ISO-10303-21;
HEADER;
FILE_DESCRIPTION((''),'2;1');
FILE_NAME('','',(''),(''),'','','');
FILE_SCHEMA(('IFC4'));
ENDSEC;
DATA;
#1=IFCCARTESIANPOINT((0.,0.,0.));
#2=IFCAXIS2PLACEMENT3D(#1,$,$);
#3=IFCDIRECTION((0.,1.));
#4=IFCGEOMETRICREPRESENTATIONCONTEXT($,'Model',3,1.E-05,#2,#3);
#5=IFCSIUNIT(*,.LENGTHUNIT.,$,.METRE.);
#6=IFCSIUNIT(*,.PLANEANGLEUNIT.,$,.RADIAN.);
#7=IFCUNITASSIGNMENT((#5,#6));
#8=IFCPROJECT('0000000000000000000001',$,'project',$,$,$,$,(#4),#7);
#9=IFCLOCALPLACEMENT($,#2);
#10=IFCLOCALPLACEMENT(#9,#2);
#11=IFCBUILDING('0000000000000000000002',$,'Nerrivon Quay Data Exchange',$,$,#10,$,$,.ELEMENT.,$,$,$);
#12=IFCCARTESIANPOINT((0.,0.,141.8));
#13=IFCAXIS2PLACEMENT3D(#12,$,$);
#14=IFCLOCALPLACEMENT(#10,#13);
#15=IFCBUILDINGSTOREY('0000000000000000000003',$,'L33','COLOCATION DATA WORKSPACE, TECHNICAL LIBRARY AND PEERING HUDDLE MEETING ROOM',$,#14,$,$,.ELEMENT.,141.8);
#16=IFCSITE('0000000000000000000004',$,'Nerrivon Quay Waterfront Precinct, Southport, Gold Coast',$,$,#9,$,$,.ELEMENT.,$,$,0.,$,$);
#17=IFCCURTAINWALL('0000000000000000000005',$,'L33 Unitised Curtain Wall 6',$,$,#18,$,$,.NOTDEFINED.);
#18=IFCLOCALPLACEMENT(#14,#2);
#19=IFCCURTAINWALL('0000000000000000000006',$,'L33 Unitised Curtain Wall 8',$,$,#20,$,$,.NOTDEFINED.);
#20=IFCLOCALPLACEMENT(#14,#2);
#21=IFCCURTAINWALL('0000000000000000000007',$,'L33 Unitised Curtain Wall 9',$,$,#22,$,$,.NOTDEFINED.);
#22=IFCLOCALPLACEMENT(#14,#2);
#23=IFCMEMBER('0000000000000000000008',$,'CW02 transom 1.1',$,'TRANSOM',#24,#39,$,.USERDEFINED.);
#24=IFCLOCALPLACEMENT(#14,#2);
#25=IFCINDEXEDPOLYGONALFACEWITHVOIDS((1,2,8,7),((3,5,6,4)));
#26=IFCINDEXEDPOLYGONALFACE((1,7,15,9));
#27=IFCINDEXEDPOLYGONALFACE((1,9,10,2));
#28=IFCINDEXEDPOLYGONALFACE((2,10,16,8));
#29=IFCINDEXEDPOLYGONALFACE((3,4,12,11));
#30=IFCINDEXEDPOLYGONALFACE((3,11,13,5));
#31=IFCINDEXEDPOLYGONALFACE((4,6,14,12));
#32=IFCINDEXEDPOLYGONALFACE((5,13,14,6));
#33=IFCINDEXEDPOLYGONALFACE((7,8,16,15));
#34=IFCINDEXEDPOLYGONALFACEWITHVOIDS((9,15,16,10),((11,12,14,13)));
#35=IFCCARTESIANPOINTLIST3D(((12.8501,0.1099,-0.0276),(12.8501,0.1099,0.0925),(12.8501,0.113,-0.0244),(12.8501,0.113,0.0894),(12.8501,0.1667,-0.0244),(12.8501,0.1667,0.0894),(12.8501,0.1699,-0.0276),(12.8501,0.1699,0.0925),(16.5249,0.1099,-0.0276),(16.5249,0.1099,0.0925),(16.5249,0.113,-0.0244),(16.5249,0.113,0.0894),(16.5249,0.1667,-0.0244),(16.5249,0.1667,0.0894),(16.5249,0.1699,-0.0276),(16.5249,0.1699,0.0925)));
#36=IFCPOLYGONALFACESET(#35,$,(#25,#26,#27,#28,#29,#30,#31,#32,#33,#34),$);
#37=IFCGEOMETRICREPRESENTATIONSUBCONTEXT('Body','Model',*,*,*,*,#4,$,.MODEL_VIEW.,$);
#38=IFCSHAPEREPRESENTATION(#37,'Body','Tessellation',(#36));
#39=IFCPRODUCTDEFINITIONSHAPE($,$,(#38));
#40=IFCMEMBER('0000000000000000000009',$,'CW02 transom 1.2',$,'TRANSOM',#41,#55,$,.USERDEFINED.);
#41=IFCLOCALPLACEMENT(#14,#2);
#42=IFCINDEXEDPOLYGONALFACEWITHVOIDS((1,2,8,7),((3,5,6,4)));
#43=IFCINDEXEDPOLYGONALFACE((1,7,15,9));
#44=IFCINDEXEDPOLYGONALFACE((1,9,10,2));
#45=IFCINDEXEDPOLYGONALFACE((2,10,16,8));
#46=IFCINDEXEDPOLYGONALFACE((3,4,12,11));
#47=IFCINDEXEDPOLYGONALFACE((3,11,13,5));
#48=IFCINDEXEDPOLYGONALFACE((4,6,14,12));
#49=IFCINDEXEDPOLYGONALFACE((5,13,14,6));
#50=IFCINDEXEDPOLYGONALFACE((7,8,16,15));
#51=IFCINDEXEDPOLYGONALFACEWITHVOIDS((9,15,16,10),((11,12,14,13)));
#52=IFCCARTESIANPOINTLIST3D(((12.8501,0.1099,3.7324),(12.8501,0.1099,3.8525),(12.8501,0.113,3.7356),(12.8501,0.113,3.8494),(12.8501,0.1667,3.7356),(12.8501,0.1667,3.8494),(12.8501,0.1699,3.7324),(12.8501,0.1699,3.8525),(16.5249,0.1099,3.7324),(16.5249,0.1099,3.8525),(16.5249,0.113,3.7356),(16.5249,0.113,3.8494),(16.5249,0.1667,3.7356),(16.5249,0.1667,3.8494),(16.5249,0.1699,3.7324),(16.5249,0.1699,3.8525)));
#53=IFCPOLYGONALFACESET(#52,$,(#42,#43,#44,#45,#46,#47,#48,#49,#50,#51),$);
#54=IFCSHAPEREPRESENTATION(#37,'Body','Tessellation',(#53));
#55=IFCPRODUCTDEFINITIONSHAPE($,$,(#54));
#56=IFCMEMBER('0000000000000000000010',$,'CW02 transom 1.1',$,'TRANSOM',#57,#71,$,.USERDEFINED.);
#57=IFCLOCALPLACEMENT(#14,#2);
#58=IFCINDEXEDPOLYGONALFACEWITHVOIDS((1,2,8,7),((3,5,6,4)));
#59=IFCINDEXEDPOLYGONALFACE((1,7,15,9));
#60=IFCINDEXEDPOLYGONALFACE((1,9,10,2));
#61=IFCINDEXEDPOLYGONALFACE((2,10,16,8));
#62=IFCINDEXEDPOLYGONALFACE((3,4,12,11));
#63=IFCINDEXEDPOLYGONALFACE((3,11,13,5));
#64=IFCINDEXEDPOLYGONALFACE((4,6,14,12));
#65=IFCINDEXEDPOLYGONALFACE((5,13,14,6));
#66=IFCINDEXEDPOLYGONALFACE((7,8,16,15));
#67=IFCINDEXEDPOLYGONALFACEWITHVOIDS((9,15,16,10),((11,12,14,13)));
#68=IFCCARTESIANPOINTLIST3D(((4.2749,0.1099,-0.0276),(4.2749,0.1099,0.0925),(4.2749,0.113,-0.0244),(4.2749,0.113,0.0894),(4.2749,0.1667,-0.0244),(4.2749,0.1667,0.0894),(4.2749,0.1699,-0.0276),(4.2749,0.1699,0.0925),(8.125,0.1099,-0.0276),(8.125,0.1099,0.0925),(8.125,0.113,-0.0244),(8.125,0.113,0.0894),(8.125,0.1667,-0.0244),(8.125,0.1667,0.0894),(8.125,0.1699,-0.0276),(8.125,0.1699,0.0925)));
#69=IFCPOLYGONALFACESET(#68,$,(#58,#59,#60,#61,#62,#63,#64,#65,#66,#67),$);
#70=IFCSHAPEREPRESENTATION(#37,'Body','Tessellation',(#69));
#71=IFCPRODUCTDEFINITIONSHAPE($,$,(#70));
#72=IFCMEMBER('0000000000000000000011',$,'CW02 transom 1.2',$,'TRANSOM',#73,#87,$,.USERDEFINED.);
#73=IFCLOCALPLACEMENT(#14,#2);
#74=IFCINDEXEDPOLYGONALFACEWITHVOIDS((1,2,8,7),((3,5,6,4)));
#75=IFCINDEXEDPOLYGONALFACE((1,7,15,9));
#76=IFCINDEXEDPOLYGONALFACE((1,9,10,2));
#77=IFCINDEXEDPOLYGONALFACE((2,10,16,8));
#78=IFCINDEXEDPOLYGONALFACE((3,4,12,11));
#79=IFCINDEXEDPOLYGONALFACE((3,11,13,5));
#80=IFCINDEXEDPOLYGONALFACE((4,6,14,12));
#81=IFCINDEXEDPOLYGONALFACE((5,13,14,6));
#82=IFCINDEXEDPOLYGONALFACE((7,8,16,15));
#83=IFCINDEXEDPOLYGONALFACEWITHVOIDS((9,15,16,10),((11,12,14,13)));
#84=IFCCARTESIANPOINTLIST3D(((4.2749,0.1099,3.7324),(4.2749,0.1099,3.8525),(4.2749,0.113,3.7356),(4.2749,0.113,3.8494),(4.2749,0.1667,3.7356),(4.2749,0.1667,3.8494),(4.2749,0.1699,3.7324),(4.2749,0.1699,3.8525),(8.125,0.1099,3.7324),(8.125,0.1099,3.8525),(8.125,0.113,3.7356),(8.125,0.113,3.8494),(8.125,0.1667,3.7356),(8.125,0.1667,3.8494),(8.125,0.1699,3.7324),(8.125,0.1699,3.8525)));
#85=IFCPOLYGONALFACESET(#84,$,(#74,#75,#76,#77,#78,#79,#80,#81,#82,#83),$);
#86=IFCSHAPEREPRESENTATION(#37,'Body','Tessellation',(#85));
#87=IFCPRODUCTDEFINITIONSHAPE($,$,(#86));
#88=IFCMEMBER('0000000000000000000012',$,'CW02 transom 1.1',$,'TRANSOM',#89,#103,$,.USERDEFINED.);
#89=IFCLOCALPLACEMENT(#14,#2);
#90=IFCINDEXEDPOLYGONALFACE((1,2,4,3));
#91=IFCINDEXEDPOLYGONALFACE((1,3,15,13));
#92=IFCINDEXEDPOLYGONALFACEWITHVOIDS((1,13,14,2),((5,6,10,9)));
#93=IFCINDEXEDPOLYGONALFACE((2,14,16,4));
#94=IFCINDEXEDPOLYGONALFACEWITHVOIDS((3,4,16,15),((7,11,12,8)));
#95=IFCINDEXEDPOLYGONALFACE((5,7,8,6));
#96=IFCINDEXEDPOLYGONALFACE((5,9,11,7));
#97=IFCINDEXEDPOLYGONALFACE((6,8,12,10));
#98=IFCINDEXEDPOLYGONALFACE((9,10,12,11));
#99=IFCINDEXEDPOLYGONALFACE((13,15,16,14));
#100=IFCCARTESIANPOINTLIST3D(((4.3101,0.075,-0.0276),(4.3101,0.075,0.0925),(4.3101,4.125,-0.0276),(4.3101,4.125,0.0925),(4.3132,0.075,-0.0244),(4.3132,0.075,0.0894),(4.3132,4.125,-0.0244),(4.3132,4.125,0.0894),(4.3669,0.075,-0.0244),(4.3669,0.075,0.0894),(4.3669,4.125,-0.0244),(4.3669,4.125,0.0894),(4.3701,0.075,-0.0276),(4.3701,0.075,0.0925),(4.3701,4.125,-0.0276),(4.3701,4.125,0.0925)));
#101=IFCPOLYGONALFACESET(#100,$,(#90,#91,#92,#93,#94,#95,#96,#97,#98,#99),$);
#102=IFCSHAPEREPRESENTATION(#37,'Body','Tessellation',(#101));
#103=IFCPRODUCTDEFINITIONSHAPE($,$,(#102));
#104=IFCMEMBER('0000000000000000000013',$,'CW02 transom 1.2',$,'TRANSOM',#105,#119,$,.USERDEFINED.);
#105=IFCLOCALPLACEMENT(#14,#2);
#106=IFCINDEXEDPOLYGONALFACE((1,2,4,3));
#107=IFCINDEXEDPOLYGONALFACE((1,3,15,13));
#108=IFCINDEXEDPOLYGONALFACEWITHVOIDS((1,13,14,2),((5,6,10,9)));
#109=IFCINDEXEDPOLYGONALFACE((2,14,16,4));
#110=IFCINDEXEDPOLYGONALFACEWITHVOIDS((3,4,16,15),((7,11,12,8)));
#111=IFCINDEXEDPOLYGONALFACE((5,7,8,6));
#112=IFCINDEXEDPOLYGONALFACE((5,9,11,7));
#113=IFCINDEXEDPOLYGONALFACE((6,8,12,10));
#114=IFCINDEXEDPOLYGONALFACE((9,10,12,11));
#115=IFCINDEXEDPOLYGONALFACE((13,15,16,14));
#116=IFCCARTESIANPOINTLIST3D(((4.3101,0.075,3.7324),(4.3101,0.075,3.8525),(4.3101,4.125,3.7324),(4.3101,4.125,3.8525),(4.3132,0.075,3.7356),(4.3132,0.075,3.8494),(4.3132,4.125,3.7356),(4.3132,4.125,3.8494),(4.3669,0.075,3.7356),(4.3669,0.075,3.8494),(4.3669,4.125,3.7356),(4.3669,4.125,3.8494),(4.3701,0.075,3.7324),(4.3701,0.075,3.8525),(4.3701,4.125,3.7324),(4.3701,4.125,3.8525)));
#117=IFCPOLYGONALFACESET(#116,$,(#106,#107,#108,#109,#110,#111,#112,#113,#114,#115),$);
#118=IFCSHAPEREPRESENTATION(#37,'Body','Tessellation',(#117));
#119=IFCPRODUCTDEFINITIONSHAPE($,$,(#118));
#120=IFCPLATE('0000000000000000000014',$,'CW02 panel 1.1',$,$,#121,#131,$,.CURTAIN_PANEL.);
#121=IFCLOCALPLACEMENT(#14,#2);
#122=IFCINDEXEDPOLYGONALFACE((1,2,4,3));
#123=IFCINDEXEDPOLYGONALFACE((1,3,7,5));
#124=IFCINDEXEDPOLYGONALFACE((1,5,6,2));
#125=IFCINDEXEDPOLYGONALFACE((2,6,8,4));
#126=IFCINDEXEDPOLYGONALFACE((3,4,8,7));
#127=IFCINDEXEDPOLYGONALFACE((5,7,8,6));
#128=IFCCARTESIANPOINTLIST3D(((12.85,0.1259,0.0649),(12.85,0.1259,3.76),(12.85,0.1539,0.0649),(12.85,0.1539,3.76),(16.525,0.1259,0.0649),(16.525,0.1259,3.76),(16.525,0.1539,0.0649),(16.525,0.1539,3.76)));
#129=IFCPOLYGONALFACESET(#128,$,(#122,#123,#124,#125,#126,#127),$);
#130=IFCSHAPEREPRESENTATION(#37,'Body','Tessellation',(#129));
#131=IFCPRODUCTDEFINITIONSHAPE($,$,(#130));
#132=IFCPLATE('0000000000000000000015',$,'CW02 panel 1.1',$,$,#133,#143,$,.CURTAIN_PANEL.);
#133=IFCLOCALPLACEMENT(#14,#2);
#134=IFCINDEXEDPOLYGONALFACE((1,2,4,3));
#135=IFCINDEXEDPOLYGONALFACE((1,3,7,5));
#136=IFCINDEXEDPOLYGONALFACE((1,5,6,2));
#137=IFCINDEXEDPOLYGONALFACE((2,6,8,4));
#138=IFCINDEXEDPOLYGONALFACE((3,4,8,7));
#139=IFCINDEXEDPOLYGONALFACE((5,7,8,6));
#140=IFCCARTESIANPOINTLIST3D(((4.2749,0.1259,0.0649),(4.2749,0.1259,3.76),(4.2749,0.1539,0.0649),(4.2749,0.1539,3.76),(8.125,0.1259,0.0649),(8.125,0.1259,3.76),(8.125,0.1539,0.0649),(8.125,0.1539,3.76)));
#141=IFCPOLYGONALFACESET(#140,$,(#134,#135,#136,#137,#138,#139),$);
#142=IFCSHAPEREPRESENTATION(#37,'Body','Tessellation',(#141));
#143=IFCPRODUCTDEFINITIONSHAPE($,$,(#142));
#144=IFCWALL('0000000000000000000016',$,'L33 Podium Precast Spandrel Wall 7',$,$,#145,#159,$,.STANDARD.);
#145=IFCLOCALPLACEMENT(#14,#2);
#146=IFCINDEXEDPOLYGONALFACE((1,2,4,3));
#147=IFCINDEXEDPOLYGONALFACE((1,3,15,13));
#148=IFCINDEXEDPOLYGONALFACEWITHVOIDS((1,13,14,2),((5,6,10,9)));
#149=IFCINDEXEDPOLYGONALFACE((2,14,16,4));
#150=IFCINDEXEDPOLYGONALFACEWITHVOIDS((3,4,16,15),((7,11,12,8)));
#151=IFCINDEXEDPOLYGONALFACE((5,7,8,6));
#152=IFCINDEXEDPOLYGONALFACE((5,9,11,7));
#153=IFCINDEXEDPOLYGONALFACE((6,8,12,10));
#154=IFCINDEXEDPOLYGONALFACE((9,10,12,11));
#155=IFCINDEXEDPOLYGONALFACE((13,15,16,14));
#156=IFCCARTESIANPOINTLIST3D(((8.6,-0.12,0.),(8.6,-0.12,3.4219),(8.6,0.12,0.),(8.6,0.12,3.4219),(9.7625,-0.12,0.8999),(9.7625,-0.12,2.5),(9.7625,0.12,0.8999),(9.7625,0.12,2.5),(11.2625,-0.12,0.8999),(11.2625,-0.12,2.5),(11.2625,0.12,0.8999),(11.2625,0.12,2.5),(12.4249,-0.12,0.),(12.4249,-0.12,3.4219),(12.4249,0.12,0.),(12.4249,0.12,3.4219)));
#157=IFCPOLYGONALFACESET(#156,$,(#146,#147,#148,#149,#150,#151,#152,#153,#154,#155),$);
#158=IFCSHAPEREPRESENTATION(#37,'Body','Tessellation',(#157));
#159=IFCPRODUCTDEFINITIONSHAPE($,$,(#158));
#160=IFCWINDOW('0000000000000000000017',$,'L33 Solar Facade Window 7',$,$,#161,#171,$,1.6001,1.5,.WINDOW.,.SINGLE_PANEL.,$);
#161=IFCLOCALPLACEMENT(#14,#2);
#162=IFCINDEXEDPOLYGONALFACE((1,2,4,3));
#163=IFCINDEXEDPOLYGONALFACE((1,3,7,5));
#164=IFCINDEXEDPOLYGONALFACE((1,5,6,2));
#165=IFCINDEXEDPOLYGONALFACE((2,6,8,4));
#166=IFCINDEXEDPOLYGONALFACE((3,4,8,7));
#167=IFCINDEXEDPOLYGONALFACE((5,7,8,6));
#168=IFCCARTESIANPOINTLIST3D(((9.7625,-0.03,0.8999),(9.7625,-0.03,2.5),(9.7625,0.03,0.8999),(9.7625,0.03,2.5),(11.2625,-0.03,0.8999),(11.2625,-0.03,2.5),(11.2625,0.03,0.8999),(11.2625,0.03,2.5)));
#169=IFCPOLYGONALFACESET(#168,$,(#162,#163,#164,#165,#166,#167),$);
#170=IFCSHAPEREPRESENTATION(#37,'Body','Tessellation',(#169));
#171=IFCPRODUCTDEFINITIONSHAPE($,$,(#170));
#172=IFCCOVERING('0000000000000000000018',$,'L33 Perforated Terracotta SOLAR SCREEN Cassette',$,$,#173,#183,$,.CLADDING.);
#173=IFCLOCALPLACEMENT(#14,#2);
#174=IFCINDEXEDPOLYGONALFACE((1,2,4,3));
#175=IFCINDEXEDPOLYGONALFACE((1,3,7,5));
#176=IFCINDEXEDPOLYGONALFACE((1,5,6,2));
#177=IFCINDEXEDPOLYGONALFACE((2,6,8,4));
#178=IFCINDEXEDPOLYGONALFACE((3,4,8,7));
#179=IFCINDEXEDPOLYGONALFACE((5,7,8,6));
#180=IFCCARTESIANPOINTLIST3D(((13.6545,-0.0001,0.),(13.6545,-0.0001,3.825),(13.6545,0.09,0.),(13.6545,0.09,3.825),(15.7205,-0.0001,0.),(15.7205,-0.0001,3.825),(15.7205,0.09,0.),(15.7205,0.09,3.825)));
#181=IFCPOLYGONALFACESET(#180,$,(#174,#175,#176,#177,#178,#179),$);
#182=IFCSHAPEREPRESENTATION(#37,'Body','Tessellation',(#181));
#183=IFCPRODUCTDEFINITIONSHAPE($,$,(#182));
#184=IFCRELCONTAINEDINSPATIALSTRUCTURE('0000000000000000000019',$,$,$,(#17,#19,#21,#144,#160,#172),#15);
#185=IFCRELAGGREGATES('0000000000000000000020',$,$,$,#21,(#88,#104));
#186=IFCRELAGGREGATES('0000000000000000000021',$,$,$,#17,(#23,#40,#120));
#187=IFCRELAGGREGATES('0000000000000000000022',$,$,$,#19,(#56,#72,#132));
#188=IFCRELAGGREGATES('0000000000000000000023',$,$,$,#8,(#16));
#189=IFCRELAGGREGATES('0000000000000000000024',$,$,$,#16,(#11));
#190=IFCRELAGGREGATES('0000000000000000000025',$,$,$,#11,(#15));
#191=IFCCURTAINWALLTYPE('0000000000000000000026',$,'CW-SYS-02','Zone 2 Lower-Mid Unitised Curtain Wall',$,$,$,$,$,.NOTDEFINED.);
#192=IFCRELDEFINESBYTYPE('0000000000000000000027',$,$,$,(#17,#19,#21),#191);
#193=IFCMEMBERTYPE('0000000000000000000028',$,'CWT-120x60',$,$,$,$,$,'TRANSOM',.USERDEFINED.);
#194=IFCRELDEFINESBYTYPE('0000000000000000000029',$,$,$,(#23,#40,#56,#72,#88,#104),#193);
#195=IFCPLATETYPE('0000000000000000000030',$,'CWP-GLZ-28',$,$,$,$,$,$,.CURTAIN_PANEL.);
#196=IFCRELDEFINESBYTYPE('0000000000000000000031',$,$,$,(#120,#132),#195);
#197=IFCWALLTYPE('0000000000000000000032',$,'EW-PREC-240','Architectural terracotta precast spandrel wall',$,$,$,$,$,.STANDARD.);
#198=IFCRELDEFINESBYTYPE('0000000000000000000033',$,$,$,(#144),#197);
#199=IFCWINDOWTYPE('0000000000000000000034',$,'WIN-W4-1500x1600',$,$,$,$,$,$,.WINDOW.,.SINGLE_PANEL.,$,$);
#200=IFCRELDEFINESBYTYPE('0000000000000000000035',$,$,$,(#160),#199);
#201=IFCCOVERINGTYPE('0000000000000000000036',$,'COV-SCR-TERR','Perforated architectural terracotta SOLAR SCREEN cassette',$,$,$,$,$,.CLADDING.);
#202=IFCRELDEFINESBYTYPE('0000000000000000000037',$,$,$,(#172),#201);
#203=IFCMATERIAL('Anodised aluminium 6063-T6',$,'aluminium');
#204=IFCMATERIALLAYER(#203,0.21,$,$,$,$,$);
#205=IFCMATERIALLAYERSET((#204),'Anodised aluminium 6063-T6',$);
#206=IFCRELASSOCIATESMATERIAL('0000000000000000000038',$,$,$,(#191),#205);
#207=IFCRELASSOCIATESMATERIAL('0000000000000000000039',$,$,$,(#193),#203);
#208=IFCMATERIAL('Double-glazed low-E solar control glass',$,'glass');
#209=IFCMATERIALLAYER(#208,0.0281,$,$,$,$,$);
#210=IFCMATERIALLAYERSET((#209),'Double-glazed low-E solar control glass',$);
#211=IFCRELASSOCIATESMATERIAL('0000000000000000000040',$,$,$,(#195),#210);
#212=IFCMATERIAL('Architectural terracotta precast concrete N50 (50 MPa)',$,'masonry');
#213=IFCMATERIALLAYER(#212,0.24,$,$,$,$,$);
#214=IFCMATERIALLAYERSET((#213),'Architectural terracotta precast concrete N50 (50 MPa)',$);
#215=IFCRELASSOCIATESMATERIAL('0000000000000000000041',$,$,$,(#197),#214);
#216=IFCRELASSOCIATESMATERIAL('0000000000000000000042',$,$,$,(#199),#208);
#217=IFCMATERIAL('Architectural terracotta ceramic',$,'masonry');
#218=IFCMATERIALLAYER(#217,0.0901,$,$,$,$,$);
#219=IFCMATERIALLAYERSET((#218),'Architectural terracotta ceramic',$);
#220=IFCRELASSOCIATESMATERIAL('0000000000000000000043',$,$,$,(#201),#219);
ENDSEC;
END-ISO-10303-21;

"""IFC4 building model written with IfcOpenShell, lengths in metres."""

from ifc_helpers import new_model, si_unit, direction, frame, frame_2d, origin, origin_2d, place, context, subcontext, project, spatial, rectangle, hollow_rectangle, extrude, material, layer, layer_set, material_profile, profile_set, type_object, element, fill, aggregate, save


model = new_model("IFC4")

# Units and contexts
model_context = context("Model", 3, precision=1e-05, world=origin(), true_north=direction((0.0, 1.0)))
body_context = subcontext(model_context, "Body", "Model", "MODEL_VIEW")
ifc_project = project(units=[si_unit("LENGTHUNIT", "METRE"), si_unit("PLANEANGLEUNIT", "RADIAN")], contexts=[model_context])

# Site, building, storey
site_placement = place(None, origin())
site = spatial("IfcSite", under=ifc_project, at=site_placement, Name="Nerrivon Quay Waterfront Precinct, Southport, Gold Coast", CompositionType="ELEMENT", RefElevation=0.0)
building_placement = place(site_placement, origin())
building = spatial("IfcBuilding", under=site, at=building_placement, Name="Nerrivon Quay Data Exchange", CompositionType="ELEMENT")
storey_placement = place(building_placement, frame((0.0, 0.0, 141.8)))
storey = spatial("IfcBuildingStorey", under=building, at=storey_placement, Name="L33", Description="COLOCATION DATA WORKSPACE, TECHNICAL LIBRARY AND PEERING HUDDLE MEETING ROOM", CompositionType="ELEMENT", Elevation=141.8)

# Curtain walls
ifc_material_1 = material(Name="Anodised aluminium 6063-T6", Category="aluminium")
ifc_layer_1 = layer(ifc_material_1, 0.21)
ifc_layer_set_1 = layer_set([ifc_layer_1], Name="Anodised aluminium 6063-T6")
curtain_wall_type = type_object("IfcCurtainWallType", Name="CW-SYS-02", Description="Zone 2 Lower-Mid Unitised Curtain Wall", PredefinedType="NOTDEFINED", material=ifc_layer_set_1)
curtain_wall_1_placement = place(storey_placement, origin())
curtain_wall_1 = element("IfcCurtainWall", 1, at=curtain_wall_1_placement, inside=storey, type_object=curtain_wall_type, Name="L33 Unitised Curtain Wall 6", PredefinedType="NOTDEFINED")
curtain_wall_2_placement = place(storey_placement, origin())
curtain_wall_2 = element("IfcCurtainWall", 2, at=curtain_wall_2_placement, inside=storey, type_object=curtain_wall_type, Name="L33 Unitised Curtain Wall 8", PredefinedType="NOTDEFINED")

# Curtain wall
curtain_wall_3_placement = place(storey_placement, origin())
curtain_wall_3 = element("IfcCurtainWall", 3, at=curtain_wall_3_placement, inside=storey, type_object=curtain_wall_type, Name="L33 Unitised Curtain Wall 9", PredefinedType="NOTDEFINED")

# Members
ifc_material_profile_1 = material_profile(ifc_material_1, hollow_rectangle(XDim=0.0601, YDim=0.1201, WallThickness=0.0032, at=origin_2d()), Name="ALU-TRAN-120x60")
ifc_profile_set_1 = profile_set([ifc_material_profile_1], Name="Anodised aluminium 6063-T6")
member_type_1 = type_object("IfcMemberType", Name="CWT-120x60", ElementType="TRANSOM", PredefinedType="USERDEFINED", material=ifc_profile_set_1)
member_1_placement = place(storey_placement, frame((16.5249, 0.1399, 0.0325), z_axis=(-1.0, 0.0, 0.0), x_axis=(0.0, -1.0, 0.0)))
member_1 = element("IfcMember", 4, at=member_1_placement, type_object=member_type_1, Name="CW02 transom 1.1", ObjectType="TRANSOM", PredefinedType="USERDEFINED", context=body_context, shape_type="SweptSolid", body=[
    extrude(hollow_rectangle(XDim=0.0601, YDim=0.1201, WallThickness=0.0032, at=origin_2d()), origin(), (0.0, 0.0, 1.0), 3.6748),
])
member_2_placement = place(storey_placement, frame((16.5249, 0.1399, 3.7925), z_axis=(-1.0, 0.0, 0.0), x_axis=(0.0, -1.0, 0.0)))
member_2 = element("IfcMember", 5, at=member_2_placement, type_object=member_type_1, Name="CW02 transom 1.2", ObjectType="TRANSOM", PredefinedType="USERDEFINED", context=body_context, shape_type="SweptSolid", body=[
    extrude(hollow_rectangle(XDim=0.0601, YDim=0.1201, WallThickness=0.0032, at=origin_2d()), origin(), (0.0, 0.0, 1.0), 3.6748),
])
member_3_placement = place(storey_placement, frame((8.125, 0.1399, 0.0325), z_axis=(-1.0, 0.0, 0.0), x_axis=(0.0, -1.0, 0.0)))
member_3 = element("IfcMember", 6, at=member_3_placement, type_object=member_type_1, Name="CW02 transom 1.1", ObjectType="TRANSOM", PredefinedType="USERDEFINED", context=body_context, shape_type="SweptSolid", body=[
    extrude(hollow_rectangle(XDim=0.0601, YDim=0.1201, WallThickness=0.0032, at=origin_2d()), origin(), (0.0, 0.0, 1.0), 3.8501),
])
member_4_placement = place(storey_placement, frame((8.125, 0.1399, 3.7925), z_axis=(-1.0, 0.0, 0.0), x_axis=(0.0, -1.0, 0.0)))
member_4 = element("IfcMember", 7, at=member_4_placement, type_object=member_type_1, Name="CW02 transom 1.2", ObjectType="TRANSOM", PredefinedType="USERDEFINED", context=body_context, shape_type="SweptSolid", body=[
    extrude(hollow_rectangle(XDim=0.0601, YDim=0.1201, WallThickness=0.0032, at=origin_2d()), origin(), (0.0, 0.0, 1.0), 3.8501),
])
member_5_placement = place(storey_placement, frame((4.3401, 0.075, 0.0325), z_axis=(0.0, 1.0, 0.0), x_axis=(-1.0, 0.0, 0.0)))
member_5 = element("IfcMember", 8, at=member_5_placement, type_object=member_type_1, Name="CW02 transom 1.1", ObjectType="TRANSOM", PredefinedType="USERDEFINED", context=body_context, shape_type="SweptSolid", body=[
    extrude(hollow_rectangle(XDim=0.0601, YDim=0.1201, WallThickness=0.0032, at=origin_2d()), origin(), (0.0, 0.0, 1.0), 4.05),
])
member_6_placement = place(storey_placement, frame((4.3401, 0.075, 3.7925), z_axis=(0.0, 1.0, 0.0), x_axis=(-1.0, 0.0, 0.0)))
member_6 = element("IfcMember", 9, at=member_6_placement, type_object=member_type_1, Name="CW02 transom 1.2", ObjectType="TRANSOM", PredefinedType="USERDEFINED", context=body_context, shape_type="SweptSolid", body=[
    extrude(hollow_rectangle(XDim=0.0601, YDim=0.1201, WallThickness=0.0032, at=origin_2d()), origin(), (0.0, 0.0, 1.0), 4.05),
])
aggregate(curtain_wall_3, [member_5, member_6])

# Plates
ifc_material_2 = material(Name="Double-glazed low-E solar control glass", Category="glass")
ifc_layer_2 = layer(ifc_material_2, 0.0281)
ifc_layer_set_2 = layer_set([ifc_layer_2], Name="Double-glazed low-E solar control glass")
plate_type = type_object("IfcPlateType", Name="CWP-GLZ-28", PredefinedType="CURTAIN_PANEL", material=ifc_layer_set_2)
plate_1_placement = place(storey_placement, frame((14.6875, 0.1399, 0.0649), z_axis=(0.0, 0.0, 1.0), x_axis=(-1.0, 0.0, 0.0)))
plate_1 = element("IfcPlate", 10, at=plate_1_placement, type_object=plate_type, Name="CW02 panel 1.1", PredefinedType="CURTAIN_PANEL", context=body_context, shape_type="SweptSolid", body=[
    extrude(rectangle(XDim=3.675, YDim=0.0281, at=origin_2d()), origin(), (0.0, 0.0, 1.0), 3.6951),
])
aggregate(curtain_wall_1, [member_1, member_2, plate_1])
plate_2_placement = place(storey_placement, frame((6.2, 0.1399, 0.0649), z_axis=(0.0, 0.0, 1.0), x_axis=(-1.0, 0.0, 0.0)))
plate_2 = element("IfcPlate", 11, at=plate_2_placement, type_object=plate_type, Name="CW02 panel 1.1", PredefinedType="CURTAIN_PANEL", context=body_context, shape_type="SweptSolid", body=[
    extrude(rectangle(XDim=3.8501, YDim=0.0281, at=origin_2d()), origin(), (0.0, 0.0, 1.0), 3.6951),
])
aggregate(curtain_wall_2, [member_3, member_4, plate_2])

# Wall, opening, window
ifc_material_3 = material(Name="Architectural terracotta precast concrete N50 (50 MPa)", Category="masonry")
ifc_layer_3 = layer(ifc_material_3, 0.24)
ifc_layer_set_3 = layer_set([ifc_layer_3], Name="Architectural terracotta precast concrete N50 (50 MPa)")
wall_type = type_object("IfcWallType", Name="EW-PREC-240", Description="Architectural terracotta precast spandrel wall", PredefinedType="STANDARD", material=ifc_layer_set_3)
wall_placement = place(storey_placement, frame((12.425, 0.0, 0.0), z_axis=(0.0, 0.0, 1.0), x_axis=(-1.0, 0.0, 0.0)))
wall = element("IfcWall", 12, at=wall_placement, inside=storey, type_object=wall_type, Name="L33 Podium Precast Spandrel Wall 7", PredefinedType="STANDARD", context=body_context, shape_type="SweptSolid", body=[
    extrude(rectangle(XDim=3.825, YDim=0.24, at=frame_2d((1.9126, 0.0))), origin(), (0.0, 0.0, 1.0), 3.4219),
])
opening_placement = place(wall_placement, frame((1.1626, 0.0, 0.8999)))
opening = element("IfcOpeningElement", 13, at=opening_placement, cuts=wall, PredefinedType="OPENING", context=body_context, shape_type="SweptSolid", body=[
    extrude(rectangle(XDim=1.5, YDim=1.6001, at=frame_2d((0.75, 0.8))), frame((0.0, 0.1299, 0.0), z_axis=(0.0, -1.0, 0.0), x_axis=(1.0, 0.0, 0.0)), (0.0, 0.0, 1.0), 0.26),
])
window_type = type_object("IfcWindowType", Name="WIN-W4-1500x1600", PartitioningType="SINGLE_PANEL", PredefinedType="WINDOW", material=ifc_material_2)
window_placement = place(opening_placement, origin())
window = element("IfcWindow", 14, at=window_placement, inside=storey, type_object=window_type, Name="L33 Solar Facade Window 7", OverallHeight=1.6001, OverallWidth=1.5, PartitioningType="SINGLE_PANEL", PredefinedType="WINDOW", context=body_context, shape_type="SweptSolid", body=[
    extrude(rectangle(XDim=1.5, YDim=1.6001, at=frame_2d((0.75, 0.8))), frame((0.0, 0.03, 0.0), z_axis=(0.0, -1.0, 0.0), x_axis=(1.0, 0.0, 0.0)), (0.0, 0.0, 1.0), 0.0601),
])
fill(opening, window)

# Covering
ifc_material_4 = material(Name="Architectural terracotta ceramic", Category="masonry")
ifc_layer_4 = layer(ifc_material_4, 0.0901)
ifc_layer_set_4 = layer_set([ifc_layer_4], Name="Architectural terracotta ceramic")
covering_type = type_object("IfcCoveringType", Name="COV-SCR-TERR", Description="Perforated architectural terracotta SOLAR SCREEN cassette", PredefinedType="CLADDING", material=ifc_layer_set_4)
for number, where, z_axis, x_axis, name in (
    (15, (14.6875, 0.0449, 0.0), (0.0, 0.0, 1.0), (-1.0, 0.0, 0.0), "L33 Perforated Terracotta SOLAR SCREEN Cassette"),
):
    element("IfcCovering", number, at=place(storey_placement, frame(where, z_axis=z_axis, x_axis=x_axis)), inside=storey, type_object=covering_type, Name=name, PredefinedType="CLADDING", context=body_context, shape_type="SweptSolid", body=[
        extrude(rectangle(XDim=2.0659, YDim=0.0901, at=origin_2d()), origin(), (0.0, 0.0, 1.0), 3.825),
    ])

save(model, "model.ifc")
